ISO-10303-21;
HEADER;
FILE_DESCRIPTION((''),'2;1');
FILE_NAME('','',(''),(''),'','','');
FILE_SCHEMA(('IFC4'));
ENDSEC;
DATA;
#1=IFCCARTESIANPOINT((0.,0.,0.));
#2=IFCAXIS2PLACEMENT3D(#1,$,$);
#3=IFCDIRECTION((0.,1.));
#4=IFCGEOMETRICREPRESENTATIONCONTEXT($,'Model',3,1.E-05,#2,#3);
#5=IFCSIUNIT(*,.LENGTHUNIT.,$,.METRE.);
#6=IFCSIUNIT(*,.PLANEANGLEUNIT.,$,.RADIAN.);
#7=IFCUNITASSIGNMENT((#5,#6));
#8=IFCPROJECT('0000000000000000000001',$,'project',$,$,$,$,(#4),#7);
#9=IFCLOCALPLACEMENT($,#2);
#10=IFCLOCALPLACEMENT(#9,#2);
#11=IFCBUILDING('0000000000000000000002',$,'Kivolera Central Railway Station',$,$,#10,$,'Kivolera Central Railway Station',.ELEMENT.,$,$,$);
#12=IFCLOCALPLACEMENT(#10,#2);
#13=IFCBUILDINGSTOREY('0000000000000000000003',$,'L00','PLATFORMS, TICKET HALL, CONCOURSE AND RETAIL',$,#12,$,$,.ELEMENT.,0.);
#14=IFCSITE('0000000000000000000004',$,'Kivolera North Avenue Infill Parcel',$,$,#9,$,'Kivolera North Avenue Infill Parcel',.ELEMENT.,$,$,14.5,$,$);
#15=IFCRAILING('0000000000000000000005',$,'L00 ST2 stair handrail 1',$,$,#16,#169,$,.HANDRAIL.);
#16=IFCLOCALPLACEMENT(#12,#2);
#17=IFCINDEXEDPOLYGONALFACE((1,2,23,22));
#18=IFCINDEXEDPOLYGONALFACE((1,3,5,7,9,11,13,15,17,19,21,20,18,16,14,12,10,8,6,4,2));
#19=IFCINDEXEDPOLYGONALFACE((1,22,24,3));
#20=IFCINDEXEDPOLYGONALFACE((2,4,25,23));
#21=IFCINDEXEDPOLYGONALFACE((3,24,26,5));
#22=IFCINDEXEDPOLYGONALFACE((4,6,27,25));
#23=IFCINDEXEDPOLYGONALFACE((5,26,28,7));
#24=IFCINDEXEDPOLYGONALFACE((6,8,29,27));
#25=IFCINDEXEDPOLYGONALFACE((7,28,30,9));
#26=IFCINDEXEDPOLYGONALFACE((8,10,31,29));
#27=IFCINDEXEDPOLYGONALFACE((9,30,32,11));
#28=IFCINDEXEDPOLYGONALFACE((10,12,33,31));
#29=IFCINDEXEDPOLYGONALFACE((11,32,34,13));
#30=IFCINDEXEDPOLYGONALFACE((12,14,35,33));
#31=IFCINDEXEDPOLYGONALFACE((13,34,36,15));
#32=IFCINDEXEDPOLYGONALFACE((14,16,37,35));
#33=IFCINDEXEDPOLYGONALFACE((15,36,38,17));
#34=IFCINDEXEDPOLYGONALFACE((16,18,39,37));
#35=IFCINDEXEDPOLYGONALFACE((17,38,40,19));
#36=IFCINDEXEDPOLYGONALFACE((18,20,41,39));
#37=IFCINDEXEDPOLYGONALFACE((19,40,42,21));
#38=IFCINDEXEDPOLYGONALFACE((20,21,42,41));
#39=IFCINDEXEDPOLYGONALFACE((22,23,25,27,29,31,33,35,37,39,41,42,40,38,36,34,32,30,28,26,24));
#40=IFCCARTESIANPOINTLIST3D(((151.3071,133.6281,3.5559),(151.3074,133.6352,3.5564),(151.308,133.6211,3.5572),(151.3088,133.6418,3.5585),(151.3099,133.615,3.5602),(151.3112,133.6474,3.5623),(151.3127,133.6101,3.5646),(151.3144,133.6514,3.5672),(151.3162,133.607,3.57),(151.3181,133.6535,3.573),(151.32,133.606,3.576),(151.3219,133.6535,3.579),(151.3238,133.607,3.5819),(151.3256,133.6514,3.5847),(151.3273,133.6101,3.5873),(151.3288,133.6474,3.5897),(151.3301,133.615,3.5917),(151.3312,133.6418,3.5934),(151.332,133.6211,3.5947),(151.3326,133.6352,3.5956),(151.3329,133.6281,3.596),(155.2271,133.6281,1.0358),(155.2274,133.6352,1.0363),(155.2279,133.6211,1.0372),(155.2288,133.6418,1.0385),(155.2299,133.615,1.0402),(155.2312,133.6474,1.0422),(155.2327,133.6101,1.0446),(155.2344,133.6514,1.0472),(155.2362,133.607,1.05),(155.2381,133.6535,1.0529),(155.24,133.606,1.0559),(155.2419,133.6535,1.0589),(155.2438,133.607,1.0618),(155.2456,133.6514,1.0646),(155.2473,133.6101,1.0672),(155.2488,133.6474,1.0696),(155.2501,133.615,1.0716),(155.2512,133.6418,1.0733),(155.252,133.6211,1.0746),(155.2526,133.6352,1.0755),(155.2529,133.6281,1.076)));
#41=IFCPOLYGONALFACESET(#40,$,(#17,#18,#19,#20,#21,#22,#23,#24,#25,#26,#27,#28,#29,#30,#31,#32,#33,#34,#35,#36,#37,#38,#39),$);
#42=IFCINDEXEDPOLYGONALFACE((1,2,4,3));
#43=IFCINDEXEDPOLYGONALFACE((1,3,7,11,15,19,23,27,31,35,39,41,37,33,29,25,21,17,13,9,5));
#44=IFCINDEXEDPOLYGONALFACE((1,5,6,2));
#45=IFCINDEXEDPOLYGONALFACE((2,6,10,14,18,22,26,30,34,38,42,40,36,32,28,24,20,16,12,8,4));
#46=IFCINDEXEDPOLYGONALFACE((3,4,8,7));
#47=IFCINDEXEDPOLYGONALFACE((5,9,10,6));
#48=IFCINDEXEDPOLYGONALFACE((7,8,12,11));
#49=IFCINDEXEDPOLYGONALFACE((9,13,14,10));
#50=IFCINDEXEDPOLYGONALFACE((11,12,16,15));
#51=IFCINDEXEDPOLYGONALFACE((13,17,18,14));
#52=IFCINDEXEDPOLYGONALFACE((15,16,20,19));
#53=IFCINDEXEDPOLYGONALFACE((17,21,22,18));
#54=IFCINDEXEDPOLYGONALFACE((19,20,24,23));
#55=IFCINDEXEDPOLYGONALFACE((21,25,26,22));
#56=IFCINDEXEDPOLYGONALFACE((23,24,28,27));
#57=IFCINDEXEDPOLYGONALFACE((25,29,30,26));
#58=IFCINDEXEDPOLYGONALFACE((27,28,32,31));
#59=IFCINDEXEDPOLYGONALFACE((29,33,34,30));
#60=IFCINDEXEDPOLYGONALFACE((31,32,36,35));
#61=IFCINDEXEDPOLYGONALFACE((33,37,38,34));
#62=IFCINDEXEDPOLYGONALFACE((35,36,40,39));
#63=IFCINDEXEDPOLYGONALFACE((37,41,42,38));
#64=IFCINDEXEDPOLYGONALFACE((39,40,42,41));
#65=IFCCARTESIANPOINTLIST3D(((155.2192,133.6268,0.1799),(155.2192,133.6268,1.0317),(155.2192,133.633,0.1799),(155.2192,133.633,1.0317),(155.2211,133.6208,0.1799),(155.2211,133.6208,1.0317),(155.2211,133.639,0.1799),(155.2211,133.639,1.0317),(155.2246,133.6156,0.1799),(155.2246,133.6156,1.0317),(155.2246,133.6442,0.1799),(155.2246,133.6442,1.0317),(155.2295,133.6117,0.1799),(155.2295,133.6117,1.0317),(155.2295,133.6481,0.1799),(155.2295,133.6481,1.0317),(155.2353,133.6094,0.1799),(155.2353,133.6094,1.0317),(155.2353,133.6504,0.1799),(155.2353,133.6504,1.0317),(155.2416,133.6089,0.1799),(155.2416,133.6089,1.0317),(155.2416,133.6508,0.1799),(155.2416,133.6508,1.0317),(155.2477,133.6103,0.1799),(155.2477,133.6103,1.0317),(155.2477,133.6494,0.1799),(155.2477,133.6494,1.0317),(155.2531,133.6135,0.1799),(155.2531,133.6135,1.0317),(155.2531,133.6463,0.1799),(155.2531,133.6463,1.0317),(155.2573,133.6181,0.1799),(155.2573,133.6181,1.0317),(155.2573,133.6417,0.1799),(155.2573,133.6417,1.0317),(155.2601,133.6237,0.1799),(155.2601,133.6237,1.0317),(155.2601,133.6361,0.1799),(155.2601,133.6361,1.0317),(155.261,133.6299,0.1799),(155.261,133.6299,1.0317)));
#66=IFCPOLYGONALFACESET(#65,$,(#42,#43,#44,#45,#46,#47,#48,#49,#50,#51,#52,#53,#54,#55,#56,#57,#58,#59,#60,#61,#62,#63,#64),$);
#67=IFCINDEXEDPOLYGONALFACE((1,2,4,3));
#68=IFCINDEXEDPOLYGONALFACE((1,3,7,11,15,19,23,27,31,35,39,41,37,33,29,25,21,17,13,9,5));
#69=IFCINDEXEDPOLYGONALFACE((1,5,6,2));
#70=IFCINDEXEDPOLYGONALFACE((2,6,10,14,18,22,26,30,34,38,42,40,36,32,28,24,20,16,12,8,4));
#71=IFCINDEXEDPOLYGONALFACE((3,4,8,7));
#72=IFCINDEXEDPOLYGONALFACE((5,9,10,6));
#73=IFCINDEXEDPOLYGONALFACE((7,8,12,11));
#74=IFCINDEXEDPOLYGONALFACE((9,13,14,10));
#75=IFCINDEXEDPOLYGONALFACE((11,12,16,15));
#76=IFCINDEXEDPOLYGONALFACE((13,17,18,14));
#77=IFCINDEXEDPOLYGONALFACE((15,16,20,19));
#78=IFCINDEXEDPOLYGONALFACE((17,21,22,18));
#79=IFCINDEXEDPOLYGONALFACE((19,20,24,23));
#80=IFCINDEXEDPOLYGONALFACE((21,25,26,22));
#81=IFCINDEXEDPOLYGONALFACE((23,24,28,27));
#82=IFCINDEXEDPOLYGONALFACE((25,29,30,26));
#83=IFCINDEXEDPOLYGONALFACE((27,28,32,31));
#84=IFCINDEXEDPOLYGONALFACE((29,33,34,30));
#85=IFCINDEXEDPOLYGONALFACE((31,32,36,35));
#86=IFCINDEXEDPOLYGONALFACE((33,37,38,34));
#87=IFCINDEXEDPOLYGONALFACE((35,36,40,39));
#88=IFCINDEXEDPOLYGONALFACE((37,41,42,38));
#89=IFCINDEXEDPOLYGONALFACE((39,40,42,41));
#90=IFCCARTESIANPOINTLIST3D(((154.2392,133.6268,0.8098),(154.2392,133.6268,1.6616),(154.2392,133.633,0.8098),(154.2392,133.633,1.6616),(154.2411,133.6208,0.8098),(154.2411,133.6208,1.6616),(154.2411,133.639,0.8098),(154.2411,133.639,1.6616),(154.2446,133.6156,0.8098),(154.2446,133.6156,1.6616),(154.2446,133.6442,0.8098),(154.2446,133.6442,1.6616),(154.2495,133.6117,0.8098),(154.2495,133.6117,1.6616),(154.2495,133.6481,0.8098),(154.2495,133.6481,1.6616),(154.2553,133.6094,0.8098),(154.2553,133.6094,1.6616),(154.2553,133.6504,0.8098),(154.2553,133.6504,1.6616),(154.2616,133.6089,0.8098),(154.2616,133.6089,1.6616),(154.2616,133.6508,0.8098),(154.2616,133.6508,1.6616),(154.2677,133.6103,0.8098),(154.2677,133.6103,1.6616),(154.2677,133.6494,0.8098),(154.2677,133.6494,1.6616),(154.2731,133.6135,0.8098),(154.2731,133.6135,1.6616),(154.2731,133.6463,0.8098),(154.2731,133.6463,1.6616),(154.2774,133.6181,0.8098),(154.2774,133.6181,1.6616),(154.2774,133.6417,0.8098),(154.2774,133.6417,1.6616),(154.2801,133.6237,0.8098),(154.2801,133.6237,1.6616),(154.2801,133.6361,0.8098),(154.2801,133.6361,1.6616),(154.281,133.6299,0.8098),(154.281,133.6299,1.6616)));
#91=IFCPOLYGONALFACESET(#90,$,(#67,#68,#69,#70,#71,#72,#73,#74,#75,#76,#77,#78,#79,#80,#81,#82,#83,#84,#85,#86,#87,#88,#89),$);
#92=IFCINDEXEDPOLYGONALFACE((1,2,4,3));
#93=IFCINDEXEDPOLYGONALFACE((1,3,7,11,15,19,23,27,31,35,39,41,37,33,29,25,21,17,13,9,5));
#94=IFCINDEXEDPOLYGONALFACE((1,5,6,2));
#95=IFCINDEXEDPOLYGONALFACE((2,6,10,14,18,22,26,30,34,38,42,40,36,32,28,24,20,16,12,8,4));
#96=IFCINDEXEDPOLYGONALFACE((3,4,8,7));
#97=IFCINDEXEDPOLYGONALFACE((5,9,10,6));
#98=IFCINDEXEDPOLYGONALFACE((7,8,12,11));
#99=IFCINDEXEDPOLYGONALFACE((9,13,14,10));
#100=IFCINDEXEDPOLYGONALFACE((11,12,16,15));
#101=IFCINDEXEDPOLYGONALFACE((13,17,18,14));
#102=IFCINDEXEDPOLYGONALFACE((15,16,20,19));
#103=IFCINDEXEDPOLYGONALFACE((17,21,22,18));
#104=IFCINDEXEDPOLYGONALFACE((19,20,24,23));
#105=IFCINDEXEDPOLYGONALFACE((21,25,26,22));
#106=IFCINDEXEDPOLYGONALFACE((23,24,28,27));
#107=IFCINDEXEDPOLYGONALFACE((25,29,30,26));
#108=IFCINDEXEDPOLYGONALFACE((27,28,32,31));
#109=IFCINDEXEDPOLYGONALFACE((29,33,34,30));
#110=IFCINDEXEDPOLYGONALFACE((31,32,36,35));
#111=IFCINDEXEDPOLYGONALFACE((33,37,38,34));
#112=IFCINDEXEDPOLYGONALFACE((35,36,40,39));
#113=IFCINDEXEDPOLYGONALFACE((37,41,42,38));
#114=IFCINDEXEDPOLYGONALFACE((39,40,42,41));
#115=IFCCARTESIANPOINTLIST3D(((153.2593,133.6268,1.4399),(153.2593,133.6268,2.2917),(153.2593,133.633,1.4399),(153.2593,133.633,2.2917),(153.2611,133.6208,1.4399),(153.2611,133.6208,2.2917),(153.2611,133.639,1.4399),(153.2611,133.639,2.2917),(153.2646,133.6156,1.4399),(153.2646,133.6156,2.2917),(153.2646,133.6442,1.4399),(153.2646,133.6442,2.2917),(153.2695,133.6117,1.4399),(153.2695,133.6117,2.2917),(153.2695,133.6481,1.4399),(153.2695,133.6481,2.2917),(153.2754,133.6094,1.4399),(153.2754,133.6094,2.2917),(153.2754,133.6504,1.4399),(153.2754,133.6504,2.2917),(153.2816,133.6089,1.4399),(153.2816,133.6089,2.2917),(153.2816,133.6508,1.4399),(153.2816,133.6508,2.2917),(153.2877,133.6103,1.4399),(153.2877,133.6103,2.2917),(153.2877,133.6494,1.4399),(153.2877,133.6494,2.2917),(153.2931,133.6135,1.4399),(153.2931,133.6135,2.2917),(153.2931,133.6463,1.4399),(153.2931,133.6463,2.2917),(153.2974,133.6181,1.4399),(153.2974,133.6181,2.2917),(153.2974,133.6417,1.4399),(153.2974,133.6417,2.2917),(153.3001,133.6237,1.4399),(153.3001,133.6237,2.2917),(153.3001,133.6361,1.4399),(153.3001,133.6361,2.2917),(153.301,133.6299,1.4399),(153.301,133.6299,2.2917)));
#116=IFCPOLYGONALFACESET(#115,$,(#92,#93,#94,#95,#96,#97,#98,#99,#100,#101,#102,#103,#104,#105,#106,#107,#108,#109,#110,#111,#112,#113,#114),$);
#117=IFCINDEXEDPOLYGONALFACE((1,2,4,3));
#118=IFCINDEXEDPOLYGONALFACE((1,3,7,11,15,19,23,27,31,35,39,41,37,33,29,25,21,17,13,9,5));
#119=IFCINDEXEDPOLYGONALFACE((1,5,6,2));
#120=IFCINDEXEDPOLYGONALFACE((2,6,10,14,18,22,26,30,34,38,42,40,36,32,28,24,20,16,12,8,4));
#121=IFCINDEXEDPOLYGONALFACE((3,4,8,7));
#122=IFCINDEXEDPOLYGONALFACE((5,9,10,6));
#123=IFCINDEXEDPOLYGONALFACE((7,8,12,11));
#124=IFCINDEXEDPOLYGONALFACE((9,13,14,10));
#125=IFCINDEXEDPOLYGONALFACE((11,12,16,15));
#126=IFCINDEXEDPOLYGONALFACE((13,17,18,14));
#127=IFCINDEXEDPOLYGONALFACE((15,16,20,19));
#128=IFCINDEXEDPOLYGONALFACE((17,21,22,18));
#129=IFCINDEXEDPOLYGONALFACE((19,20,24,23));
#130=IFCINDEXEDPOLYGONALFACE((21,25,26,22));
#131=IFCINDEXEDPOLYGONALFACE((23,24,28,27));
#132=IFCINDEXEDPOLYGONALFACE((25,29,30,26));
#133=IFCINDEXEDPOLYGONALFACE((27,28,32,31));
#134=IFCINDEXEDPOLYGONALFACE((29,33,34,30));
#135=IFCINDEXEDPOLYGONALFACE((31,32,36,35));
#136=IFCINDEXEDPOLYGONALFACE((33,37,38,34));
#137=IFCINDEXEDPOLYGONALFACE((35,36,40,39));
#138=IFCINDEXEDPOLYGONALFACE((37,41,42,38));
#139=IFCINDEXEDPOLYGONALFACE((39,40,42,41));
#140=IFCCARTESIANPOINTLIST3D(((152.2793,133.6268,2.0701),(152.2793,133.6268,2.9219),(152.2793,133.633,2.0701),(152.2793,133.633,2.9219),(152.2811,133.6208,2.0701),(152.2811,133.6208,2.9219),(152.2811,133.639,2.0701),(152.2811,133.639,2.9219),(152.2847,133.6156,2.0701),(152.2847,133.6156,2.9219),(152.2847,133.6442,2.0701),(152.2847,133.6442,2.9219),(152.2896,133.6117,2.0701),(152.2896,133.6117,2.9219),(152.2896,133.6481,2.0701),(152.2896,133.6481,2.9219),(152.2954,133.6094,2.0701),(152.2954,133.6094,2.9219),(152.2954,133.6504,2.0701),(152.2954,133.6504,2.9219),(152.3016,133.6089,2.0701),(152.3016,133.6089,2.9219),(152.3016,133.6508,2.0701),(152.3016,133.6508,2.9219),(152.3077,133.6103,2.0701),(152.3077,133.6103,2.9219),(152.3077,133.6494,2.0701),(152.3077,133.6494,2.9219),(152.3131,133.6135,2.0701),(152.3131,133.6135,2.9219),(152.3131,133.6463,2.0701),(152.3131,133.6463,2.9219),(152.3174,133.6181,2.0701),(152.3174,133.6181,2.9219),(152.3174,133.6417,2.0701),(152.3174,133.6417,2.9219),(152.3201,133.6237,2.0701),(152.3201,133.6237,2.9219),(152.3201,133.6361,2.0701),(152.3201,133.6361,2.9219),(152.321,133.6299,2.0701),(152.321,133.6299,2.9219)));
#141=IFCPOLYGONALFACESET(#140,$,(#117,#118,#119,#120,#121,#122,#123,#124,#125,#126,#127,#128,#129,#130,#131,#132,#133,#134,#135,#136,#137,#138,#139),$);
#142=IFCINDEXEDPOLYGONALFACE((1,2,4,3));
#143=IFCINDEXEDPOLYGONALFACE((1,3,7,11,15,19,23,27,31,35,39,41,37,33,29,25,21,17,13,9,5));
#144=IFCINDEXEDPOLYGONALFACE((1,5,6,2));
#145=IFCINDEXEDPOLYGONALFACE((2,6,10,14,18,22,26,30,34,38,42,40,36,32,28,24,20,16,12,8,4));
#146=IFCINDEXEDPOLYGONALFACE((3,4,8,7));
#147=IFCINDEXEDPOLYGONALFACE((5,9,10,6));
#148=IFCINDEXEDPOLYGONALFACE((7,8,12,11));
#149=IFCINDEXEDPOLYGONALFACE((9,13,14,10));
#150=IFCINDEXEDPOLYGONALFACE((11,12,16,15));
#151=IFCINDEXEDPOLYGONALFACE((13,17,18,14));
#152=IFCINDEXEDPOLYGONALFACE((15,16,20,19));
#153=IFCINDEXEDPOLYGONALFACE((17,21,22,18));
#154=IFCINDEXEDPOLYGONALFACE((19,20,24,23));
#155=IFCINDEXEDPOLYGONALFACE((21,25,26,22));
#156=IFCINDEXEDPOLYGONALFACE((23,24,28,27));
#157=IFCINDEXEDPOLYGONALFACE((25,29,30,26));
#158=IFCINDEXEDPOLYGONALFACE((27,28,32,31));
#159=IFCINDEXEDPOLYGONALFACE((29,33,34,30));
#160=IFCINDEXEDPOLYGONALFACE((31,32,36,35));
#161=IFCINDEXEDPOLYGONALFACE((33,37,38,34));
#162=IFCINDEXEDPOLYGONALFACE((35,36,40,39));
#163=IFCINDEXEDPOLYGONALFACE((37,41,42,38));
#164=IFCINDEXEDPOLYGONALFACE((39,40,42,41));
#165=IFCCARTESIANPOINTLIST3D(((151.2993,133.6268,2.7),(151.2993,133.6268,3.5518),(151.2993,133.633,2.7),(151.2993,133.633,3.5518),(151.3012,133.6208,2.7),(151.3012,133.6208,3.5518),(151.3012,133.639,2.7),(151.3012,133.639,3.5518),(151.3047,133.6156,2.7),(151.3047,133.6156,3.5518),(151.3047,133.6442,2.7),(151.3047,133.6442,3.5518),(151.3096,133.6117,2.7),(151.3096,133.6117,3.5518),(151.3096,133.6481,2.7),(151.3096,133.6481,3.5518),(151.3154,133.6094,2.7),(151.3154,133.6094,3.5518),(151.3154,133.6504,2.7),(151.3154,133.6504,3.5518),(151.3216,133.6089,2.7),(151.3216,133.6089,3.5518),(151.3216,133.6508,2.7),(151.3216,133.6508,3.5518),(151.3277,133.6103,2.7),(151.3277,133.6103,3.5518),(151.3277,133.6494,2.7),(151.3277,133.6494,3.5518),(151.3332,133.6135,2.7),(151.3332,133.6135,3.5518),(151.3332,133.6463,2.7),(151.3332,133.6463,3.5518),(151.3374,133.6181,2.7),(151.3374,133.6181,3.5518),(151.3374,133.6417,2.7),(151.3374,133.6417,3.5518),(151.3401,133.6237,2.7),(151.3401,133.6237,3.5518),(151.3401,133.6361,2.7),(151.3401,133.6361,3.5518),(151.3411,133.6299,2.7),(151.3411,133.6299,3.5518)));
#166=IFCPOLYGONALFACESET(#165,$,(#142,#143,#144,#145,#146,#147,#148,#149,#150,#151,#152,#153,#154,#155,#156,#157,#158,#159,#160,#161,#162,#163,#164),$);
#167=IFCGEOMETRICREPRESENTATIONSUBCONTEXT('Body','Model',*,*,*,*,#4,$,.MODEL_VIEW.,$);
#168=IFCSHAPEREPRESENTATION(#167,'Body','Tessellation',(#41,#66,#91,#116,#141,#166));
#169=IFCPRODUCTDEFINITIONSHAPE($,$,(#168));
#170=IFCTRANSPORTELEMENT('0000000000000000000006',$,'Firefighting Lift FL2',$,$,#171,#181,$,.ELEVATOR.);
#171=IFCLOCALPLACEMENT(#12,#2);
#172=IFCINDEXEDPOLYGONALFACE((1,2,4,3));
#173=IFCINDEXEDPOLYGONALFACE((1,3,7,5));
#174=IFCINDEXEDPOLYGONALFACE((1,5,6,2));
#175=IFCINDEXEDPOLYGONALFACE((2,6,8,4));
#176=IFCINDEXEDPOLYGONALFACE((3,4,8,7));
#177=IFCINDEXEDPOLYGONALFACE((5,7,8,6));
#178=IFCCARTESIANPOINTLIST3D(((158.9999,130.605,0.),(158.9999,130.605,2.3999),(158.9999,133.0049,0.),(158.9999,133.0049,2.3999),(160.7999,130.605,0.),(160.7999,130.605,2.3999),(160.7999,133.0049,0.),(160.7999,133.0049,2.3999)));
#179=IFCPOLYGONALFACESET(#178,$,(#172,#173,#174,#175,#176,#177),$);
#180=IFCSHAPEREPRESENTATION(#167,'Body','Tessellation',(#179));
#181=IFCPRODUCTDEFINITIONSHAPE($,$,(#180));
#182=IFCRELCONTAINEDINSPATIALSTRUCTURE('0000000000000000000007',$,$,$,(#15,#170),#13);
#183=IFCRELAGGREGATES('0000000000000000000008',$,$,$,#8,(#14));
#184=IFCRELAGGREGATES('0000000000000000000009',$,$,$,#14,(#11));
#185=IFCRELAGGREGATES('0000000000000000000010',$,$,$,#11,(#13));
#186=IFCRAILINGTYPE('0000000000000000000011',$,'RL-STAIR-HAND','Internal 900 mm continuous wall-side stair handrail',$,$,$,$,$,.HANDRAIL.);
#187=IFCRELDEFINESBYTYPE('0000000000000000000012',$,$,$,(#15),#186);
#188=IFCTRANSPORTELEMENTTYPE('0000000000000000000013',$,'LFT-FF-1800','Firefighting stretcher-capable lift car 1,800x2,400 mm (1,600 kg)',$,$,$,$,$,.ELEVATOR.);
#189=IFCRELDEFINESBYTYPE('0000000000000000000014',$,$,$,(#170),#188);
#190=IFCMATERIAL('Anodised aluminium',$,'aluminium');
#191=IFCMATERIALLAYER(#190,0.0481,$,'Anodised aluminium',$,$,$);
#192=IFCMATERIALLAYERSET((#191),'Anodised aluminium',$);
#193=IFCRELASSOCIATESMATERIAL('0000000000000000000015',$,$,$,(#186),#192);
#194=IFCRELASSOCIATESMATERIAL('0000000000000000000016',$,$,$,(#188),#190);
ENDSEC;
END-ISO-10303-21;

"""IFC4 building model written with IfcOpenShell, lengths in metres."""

from ifc_helpers import new_model, si_unit, direction, frame, origin, origin_2d, place, context, subcontext, project, spatial, rectangle, circle, extrude, material, layer, layer_set, type_object, element, save


model = new_model("IFC4")

# Units and contexts
model_context = context("Model", 3, precision=1e-05, world=origin(), true_north=direction((0.0, 1.0)))
body_context = subcontext(model_context, "Body", "Model", "MODEL_VIEW")
ifc_project = project(units=[si_unit("LENGTHUNIT", "METRE"), si_unit("PLANEANGLEUNIT", "RADIAN")], contexts=[model_context])

# Site, building, storey
site_placement = place(None, origin())
site = spatial("IfcSite", under=ifc_project, at=site_placement, Name="Kivolera North Avenue Infill Parcel", LongName="Kivolera North Avenue Infill Parcel", CompositionType="ELEMENT", RefElevation=14.5)
building_placement = place(site_placement, origin())
building = spatial("IfcBuilding", under=site, at=building_placement, Name="Kivolera Central Railway Station", LongName="Kivolera Central Railway Station", CompositionType="ELEMENT")
storey_placement = place(building_placement, origin())
storey = spatial("IfcBuildingStorey", under=building, at=storey_placement, Name="L00", Description="PLATFORMS, TICKET HALL, CONCOURSE AND RETAIL", CompositionType="ELEMENT", Elevation=0.0)

# Shared definitions
ifc_material_1 = material(Name="Anodised aluminium", Category="aluminium")

# Railing
ifc_layer_1 = layer(ifc_material_1, 0.0481, Name="Anodised aluminium")
ifc_layer_set_1 = layer_set([ifc_layer_1], Name="Anodised aluminium")
railing_type_1 = type_object("IfcRailingType", Name="RL-STAIR-HAND", Description="Internal 900 mm continuous wall-side stair handrail", PredefinedType="HANDRAIL", material=ifc_layer_set_1)
railing_1_placement = place(storey_placement, frame((155.24, 133.6299, 0.1799)))
element("IfcRailing", 1, at=railing_1_placement, inside=storey, type_object=railing_type_1, Name="L00 ST2 stair handrail 1", PredefinedType="HANDRAIL", context=body_context, shape_type="SweptSolid", body=[
    extrude(circle(Radius=0.0239, at=origin_2d()), frame((0.0, 0.0, 0.876), z_axis=(-0.841172, 0.0, 0.540768), x_axis=(0.0, -1.0, 0.0)), (0.0, 0.0, 1.0), 4.6602),
    extrude(circle(Radius=0.021, at=origin_2d()), origin(), (0.0, 0.0, 1.0), 0.8518),
    extrude(circle(Radius=0.021, at=origin_2d()), frame((-0.98, 0.0, 0.6299)), (0.0, 0.0, 1.0), 0.8518),
    extrude(circle(Radius=0.021, at=origin_2d()), frame((-1.96, 0.0, 1.26)), (0.0, 0.0, 1.0), 0.8518),
    extrude(circle(Radius=0.021, at=origin_2d()), frame((-2.9399, 0.0, 1.8901)), (0.0, 0.0, 1.0), 0.8518),
    extrude(circle(Radius=0.021, at=origin_2d()), frame((-3.9199, 0.0, 2.52)), (0.0, 0.0, 1.0), 0.8518),
])

# Transport element
transport_element_type = type_object("IfcTransportElementType", Name="LFT-FF-1800", Description="Firefighting stretcher-capable lift car 1,800x2,400 mm (1,600 kg)", PredefinedType="ELEVATOR", material=ifc_material_1)
transport_element_placement = place(storey_placement, frame((159.8999, 131.8049, 0.0), z_axis=(0.0, 0.0, 1.0), x_axis=(1.0, 0.0, 0.0)))
element("IfcTransportElement", 2, at=transport_element_placement, inside=storey, type_object=transport_element_type, Name="Firefighting Lift FL2", PredefinedType="ELEVATOR", context=body_context, shape_type="SweptSolid", body=[
    extrude(rectangle(XDim=1.8, YDim=2.3999, at=origin_2d()), origin(), (0.0, 0.0, 1.0), 2.3999),
])

save(model, "model.ifc")
